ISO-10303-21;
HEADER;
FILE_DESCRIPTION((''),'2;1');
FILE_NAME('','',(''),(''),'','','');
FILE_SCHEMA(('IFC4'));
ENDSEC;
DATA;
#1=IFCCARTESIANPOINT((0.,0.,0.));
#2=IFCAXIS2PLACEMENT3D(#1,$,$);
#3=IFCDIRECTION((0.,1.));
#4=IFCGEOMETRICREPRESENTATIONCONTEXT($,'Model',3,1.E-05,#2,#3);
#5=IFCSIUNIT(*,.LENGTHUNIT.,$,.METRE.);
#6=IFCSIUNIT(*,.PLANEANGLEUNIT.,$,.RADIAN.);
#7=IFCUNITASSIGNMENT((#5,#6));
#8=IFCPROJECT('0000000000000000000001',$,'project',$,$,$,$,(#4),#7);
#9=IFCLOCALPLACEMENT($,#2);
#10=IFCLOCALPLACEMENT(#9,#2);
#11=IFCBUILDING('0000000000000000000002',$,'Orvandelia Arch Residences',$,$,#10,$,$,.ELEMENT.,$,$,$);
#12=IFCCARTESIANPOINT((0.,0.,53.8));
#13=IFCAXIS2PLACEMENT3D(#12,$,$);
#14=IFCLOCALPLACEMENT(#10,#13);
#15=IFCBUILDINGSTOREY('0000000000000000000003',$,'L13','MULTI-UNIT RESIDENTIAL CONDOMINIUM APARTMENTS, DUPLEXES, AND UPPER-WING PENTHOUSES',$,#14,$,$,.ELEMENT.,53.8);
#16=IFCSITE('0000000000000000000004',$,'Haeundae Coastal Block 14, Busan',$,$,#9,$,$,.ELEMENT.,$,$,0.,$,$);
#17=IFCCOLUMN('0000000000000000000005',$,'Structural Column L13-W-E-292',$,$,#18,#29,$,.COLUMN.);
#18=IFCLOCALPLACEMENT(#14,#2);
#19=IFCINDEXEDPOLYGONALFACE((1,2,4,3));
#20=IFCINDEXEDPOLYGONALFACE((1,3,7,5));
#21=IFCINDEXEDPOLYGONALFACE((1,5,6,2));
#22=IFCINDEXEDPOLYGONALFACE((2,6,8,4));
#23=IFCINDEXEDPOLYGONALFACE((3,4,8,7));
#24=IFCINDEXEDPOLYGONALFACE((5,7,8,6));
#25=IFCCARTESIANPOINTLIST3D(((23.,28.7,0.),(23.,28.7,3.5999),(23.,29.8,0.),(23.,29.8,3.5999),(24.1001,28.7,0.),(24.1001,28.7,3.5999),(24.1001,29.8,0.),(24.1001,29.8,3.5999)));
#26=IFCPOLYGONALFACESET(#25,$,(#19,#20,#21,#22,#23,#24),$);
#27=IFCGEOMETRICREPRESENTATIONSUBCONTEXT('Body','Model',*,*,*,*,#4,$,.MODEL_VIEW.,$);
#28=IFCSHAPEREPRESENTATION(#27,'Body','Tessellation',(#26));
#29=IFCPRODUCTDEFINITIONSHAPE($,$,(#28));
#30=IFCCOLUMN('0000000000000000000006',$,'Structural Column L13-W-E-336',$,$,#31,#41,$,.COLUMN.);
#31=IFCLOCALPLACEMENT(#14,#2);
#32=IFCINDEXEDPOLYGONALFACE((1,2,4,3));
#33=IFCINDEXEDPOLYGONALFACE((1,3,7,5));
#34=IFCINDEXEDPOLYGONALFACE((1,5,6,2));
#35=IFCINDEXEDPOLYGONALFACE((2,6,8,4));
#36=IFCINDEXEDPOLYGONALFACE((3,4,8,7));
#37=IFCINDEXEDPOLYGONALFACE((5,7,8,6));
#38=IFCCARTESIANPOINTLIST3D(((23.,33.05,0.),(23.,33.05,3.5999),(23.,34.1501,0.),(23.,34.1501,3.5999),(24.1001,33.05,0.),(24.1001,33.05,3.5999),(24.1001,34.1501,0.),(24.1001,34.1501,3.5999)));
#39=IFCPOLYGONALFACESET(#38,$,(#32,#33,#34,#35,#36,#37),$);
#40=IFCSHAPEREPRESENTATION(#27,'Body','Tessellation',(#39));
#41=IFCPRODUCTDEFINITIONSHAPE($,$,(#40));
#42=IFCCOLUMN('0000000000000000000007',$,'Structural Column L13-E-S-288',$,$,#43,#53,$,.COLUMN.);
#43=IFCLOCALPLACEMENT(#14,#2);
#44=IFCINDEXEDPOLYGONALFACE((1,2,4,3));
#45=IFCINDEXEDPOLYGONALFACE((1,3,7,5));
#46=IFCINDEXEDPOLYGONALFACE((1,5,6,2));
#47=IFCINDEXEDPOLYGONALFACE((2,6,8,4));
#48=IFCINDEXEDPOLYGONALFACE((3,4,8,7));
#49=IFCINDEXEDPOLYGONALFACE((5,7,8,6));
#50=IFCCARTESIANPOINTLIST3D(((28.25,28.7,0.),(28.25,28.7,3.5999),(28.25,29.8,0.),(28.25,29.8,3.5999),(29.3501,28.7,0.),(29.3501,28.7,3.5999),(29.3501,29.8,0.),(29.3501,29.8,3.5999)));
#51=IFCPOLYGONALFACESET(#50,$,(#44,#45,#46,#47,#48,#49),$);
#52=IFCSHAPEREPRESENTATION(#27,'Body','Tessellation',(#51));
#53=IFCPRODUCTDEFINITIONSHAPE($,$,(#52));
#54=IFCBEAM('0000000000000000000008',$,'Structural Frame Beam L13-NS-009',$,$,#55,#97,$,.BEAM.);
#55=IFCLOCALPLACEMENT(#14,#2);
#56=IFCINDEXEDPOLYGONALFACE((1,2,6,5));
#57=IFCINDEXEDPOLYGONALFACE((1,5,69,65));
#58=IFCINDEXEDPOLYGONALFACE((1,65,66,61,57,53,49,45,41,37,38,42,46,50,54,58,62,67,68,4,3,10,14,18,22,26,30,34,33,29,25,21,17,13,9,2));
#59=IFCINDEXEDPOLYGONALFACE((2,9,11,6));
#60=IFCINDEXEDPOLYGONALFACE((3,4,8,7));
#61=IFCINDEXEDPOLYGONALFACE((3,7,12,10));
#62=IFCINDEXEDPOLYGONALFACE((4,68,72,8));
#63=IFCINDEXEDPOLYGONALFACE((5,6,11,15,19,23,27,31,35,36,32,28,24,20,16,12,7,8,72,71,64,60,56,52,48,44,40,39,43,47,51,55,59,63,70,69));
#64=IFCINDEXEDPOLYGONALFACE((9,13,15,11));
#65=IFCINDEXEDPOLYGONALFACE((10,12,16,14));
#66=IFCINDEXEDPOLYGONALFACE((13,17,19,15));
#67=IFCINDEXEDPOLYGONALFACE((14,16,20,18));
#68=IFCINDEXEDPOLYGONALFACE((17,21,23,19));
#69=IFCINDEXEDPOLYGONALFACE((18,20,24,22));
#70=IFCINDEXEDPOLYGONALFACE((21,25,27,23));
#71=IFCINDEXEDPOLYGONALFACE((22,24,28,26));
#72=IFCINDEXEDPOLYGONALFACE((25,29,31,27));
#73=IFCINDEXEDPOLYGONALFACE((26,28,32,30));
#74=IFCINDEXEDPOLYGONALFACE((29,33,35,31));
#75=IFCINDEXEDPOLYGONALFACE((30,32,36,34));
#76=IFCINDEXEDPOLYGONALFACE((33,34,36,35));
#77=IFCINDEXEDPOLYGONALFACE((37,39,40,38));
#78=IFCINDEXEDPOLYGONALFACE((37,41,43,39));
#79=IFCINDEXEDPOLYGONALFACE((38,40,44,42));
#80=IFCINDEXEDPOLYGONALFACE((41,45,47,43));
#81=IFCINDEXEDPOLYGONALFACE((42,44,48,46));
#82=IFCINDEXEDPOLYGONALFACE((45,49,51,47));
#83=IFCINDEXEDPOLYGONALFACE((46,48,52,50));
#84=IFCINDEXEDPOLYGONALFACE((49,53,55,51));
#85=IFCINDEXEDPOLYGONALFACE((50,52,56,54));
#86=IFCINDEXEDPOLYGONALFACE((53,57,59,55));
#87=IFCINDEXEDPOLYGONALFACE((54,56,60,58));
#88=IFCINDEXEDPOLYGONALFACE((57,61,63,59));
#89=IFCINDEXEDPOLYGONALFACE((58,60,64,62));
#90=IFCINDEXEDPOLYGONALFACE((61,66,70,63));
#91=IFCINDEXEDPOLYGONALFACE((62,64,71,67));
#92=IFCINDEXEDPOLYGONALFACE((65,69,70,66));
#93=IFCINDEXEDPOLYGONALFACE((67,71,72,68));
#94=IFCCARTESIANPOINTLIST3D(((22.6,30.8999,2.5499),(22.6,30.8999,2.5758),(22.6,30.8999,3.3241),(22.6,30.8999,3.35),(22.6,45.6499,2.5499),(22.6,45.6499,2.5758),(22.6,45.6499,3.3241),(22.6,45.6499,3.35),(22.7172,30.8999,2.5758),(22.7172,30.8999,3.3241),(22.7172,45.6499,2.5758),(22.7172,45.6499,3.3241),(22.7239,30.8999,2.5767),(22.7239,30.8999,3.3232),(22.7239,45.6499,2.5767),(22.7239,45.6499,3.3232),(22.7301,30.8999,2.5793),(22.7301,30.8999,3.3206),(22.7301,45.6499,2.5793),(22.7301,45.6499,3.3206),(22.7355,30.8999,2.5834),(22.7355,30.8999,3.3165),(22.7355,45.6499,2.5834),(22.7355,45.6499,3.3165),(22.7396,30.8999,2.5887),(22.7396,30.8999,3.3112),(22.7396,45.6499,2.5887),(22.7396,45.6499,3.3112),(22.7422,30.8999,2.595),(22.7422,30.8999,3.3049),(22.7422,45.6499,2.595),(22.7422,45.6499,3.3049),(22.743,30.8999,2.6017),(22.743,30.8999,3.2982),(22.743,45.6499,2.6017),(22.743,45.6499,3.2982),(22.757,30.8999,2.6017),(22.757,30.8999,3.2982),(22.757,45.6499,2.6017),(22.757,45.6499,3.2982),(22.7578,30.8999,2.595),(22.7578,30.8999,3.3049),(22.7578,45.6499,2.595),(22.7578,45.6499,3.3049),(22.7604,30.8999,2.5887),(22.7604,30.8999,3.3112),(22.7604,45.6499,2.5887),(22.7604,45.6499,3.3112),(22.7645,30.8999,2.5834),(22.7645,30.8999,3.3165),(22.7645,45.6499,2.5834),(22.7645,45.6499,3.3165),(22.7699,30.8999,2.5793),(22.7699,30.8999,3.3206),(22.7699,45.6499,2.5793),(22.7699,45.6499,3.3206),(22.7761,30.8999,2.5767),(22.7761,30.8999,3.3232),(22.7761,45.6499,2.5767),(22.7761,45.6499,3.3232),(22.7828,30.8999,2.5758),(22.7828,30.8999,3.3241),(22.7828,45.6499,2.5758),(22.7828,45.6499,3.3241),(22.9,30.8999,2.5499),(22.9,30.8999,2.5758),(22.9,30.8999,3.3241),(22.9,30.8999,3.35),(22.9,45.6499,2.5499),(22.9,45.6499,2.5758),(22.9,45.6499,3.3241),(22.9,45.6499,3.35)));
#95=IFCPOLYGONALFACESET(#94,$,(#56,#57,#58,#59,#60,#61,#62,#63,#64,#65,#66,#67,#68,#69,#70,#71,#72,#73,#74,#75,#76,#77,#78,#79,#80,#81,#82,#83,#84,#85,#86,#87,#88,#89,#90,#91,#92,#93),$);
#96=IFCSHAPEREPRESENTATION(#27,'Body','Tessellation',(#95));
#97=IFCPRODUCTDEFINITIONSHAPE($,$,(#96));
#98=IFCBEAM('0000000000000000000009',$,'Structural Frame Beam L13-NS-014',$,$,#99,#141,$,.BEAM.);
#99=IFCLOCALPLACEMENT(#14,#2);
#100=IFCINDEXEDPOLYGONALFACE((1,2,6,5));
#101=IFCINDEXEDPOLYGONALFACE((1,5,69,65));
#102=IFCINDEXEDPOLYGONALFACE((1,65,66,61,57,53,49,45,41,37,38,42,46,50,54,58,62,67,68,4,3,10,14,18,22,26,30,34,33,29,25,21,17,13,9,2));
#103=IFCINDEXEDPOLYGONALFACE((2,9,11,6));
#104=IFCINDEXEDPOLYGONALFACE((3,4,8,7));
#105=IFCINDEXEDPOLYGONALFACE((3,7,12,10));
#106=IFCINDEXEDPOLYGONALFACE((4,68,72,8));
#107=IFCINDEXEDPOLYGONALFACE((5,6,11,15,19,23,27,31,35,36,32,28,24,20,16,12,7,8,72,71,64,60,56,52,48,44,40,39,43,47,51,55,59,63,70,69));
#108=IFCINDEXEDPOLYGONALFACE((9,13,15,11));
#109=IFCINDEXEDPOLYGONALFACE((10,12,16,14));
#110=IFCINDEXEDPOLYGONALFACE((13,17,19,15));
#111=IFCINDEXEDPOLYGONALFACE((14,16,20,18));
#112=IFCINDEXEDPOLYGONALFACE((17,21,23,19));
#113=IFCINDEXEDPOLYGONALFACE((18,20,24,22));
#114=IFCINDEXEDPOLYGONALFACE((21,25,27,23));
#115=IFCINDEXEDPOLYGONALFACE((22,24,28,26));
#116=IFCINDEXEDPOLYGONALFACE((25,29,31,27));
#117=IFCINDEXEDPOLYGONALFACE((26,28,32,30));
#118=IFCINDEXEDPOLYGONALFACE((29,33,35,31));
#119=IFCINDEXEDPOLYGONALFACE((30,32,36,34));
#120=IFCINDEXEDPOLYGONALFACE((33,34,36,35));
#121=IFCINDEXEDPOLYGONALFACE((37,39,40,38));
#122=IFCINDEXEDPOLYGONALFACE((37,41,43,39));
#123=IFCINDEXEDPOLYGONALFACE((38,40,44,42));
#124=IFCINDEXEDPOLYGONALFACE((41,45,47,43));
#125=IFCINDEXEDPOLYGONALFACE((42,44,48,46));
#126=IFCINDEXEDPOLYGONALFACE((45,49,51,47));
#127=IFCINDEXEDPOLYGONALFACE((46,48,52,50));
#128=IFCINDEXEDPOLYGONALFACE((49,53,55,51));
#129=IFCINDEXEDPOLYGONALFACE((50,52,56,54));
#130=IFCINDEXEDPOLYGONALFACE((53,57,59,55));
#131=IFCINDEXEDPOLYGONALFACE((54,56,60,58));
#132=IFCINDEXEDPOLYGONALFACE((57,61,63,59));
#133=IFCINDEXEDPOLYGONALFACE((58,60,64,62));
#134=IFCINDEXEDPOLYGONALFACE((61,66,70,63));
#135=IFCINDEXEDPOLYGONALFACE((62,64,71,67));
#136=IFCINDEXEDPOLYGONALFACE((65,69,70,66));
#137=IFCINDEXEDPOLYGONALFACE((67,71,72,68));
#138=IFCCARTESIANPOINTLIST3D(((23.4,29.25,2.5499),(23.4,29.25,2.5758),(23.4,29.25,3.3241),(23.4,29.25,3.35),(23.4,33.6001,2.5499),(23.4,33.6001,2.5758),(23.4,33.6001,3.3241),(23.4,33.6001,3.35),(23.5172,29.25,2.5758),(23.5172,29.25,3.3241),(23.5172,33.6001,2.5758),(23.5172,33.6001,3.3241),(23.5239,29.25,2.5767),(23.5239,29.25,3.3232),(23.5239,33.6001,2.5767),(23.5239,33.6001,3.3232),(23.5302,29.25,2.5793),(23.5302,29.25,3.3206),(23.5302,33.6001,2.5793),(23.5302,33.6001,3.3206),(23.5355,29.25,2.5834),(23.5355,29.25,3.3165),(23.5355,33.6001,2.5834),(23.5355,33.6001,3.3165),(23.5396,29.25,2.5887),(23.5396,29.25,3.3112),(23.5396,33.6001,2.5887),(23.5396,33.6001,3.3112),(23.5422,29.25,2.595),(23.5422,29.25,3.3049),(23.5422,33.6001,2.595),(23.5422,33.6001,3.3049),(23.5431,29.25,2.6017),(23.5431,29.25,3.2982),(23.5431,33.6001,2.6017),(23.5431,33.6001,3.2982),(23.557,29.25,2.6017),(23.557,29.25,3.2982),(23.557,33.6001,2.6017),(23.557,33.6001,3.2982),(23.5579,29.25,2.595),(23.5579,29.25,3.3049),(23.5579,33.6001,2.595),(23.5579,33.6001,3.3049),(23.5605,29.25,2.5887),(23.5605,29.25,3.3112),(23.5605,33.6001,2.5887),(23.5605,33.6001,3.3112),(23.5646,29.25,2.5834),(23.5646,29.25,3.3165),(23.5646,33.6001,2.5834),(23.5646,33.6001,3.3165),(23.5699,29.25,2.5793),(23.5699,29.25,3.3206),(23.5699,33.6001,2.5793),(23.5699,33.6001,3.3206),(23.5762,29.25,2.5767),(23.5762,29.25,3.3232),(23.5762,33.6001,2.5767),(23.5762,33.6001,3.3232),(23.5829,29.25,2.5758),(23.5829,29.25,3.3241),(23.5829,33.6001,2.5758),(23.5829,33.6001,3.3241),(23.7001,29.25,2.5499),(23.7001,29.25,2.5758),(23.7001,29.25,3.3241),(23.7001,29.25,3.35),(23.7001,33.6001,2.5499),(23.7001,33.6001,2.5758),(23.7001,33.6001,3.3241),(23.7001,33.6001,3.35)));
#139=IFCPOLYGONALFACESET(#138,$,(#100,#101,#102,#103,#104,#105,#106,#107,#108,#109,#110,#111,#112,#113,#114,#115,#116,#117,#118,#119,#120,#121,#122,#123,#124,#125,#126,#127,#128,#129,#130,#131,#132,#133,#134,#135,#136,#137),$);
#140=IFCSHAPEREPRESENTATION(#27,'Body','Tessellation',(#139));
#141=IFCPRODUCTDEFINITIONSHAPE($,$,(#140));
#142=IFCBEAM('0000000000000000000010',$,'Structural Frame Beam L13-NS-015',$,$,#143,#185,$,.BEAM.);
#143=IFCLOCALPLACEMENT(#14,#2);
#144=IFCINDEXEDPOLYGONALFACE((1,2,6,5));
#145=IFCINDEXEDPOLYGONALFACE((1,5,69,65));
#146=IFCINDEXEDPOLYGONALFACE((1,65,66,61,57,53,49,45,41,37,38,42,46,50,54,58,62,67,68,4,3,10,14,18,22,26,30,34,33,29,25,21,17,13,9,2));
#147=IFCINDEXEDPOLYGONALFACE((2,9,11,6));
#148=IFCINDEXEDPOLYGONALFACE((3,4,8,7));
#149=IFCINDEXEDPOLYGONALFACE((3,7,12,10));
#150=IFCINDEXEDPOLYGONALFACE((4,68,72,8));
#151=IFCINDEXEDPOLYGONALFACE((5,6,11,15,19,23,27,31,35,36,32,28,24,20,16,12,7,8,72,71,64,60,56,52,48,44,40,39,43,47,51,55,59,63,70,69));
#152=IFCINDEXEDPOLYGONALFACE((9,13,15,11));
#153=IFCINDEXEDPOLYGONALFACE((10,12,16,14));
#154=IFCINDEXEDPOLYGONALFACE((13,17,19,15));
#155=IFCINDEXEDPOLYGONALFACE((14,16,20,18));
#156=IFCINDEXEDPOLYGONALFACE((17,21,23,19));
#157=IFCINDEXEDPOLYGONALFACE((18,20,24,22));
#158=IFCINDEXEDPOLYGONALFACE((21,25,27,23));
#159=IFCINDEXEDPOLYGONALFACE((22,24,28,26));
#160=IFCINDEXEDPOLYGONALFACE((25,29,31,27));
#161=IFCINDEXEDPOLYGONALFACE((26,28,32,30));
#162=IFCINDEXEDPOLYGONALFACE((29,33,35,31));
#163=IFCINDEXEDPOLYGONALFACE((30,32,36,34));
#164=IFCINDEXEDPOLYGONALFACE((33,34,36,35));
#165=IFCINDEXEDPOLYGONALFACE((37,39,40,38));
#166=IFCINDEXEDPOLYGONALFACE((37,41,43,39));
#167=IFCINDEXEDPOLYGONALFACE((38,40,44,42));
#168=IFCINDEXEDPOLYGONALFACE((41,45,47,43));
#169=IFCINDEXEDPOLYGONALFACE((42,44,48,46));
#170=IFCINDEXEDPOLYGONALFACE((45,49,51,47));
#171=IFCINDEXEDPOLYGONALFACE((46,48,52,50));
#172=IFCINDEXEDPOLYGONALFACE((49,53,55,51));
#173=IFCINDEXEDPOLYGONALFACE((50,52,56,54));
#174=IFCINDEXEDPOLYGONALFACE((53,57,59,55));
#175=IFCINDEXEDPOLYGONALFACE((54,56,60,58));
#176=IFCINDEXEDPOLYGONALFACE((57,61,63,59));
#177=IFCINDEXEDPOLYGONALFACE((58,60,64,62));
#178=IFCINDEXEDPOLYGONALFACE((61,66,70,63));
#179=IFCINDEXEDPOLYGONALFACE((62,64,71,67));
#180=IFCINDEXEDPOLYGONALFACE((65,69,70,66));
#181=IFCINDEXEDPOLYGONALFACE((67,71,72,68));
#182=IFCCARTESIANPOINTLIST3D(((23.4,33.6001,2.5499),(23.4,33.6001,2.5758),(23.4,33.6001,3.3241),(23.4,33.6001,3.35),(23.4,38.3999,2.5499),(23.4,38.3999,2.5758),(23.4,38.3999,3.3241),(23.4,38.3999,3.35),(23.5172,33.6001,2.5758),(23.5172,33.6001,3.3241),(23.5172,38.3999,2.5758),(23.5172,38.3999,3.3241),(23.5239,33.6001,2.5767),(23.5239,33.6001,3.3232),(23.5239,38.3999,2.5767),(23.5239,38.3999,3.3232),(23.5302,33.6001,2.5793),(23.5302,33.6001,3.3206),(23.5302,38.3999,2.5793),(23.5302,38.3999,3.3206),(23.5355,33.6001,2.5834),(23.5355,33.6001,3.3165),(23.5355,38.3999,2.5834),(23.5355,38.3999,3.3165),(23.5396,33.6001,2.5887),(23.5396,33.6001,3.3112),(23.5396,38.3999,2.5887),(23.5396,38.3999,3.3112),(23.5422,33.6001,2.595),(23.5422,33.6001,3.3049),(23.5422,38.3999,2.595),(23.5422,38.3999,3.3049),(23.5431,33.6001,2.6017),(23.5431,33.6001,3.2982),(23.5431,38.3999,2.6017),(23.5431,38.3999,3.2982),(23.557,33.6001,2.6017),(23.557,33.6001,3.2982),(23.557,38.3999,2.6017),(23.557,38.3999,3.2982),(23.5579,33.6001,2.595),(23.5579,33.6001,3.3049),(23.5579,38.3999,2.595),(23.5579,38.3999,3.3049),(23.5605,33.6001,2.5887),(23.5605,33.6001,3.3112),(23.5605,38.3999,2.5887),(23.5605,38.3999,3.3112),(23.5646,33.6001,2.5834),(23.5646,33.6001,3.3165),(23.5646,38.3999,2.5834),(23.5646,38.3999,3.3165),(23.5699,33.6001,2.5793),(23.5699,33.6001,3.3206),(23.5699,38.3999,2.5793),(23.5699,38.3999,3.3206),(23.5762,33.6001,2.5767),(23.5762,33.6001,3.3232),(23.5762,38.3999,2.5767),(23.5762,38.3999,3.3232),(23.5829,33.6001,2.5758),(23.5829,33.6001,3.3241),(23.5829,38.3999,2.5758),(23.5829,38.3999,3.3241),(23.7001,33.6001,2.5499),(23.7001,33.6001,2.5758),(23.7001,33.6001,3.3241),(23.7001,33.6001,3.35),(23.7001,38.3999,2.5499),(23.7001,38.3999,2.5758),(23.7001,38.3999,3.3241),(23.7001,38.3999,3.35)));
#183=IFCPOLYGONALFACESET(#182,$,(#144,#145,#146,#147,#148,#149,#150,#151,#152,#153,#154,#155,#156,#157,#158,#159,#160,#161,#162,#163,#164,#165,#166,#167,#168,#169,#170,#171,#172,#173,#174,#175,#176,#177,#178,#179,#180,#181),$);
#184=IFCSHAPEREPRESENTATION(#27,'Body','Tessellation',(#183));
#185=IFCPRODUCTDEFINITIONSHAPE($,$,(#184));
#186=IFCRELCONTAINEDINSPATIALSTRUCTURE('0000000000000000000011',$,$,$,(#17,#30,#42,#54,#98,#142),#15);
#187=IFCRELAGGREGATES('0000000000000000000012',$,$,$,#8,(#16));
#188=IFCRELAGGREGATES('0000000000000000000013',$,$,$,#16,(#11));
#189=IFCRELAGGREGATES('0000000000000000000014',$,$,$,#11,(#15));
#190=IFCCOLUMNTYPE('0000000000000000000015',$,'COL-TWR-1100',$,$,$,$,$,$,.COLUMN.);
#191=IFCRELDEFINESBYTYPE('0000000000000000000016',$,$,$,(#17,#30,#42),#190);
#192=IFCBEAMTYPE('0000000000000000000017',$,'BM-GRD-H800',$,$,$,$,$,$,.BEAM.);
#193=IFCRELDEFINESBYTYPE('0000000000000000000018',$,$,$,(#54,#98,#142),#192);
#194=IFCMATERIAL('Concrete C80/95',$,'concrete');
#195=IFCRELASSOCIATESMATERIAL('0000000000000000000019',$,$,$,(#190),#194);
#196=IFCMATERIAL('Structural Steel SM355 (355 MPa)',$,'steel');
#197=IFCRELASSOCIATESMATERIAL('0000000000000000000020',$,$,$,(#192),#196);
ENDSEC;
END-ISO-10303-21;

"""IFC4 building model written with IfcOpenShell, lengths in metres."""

from ifc_helpers import new_model, si_unit, direction, frame, origin, origin_2d, place, context, subcontext, project, spatial, rectangle, i_section, extrude, material, material_profile, profile_set, type_object, element, save


model = new_model("IFC4")

# Units and contexts
model_context = context("Model", 3, precision=1e-05, world=origin(), true_north=direction((0.0, 1.0)))
body_context = subcontext(model_context, "Body", "Model", "MODEL_VIEW")
ifc_project = project(units=[si_unit("LENGTHUNIT", "METRE"), si_unit("PLANEANGLEUNIT", "RADIAN")], contexts=[model_context])

# Site, building, storey
site_placement = place(None, origin())
site = spatial("IfcSite", under=ifc_project, at=site_placement, Name="Haeundae Coastal Block 14, Busan", CompositionType="ELEMENT", RefElevation=0.0)
building_placement = place(site_placement, origin())
building = spatial("IfcBuilding", under=site, at=building_placement, Name="Orvandelia Arch Residences", CompositionType="ELEMENT")
storey_placement = place(building_placement, frame((0.0, 0.0, 53.8)))
storey = spatial("IfcBuildingStorey", under=building, at=storey_placement, Name="L13", Description="MULTI-UNIT RESIDENTIAL CONDOMINIUM APARTMENTS, DUPLEXES, AND UPPER-WING PENTHOUSES", CompositionType="ELEMENT", Elevation=53.8)

# Columns
ifc_material_1 = material(Name="Concrete C80/95", Category="concrete")
ifc_material_profile_1 = material_profile(ifc_material_1, rectangle(XDim=1.1001, YDim=1.1001, at=origin_2d()), Name="Concrete C80/95", Category="concrete")
ifc_profile_set_1 = profile_set([ifc_material_profile_1], Name="Concrete C80/95")
column_type = type_object("IfcColumnType", Name="COL-TWR-1100", PredefinedType="COLUMN", material=ifc_profile_set_1)
for number, where, z_axis, x_axis, name in (
    (1, (23.55, 29.25, 0.0), (0.0, 0.0, 1.0), (1.0, 0.0, 0.0), "Structural Column L13-W-E-292"),
    (2, (23.55, 33.6001, 0.0), (0.0, 0.0, 1.0), (1.0, 0.0, 0.0), "Structural Column L13-W-E-336"),
    (3, (28.8, 29.25, 0.0), (0.0, 0.0, 1.0), (1.0, 0.0, 0.0), "Structural Column L13-E-S-288"),
):
    element("IfcColumn", number, at=place(storey_placement, frame(where, z_axis=z_axis, x_axis=x_axis)), inside=storey, type_object=column_type, Name=name, PredefinedType="COLUMN", context=body_context, shape_type="SweptSolid", body=[
        extrude(rectangle(XDim=1.1001, YDim=1.1001, at=origin_2d()), origin(), (0.0, 0.0, 1.0), 3.5999),
    ])

# Beams
ifc_material_2 = material(Name="Structural Steel SM355 (355 MPa)", Category="steel")
ifc_material_profile_2 = material_profile(ifc_material_2, i_section(OverallWidth=0.3, OverallDepth=0.8, WebThickness=0.0139, FlangeThickness=0.0259, FilletRadius=0.0259, at=origin_2d()), Name="Structural Steel SM355 (355 MPa)", Category="steel")
ifc_profile_set_2 = profile_set([ifc_material_profile_2], Name="Structural Steel SM355 (355 MPa)")
beam_type = type_object("IfcBeamType", Name="BM-GRD-H800", PredefinedType="BEAM", material=ifc_profile_set_2)
beam_1_placement = place(storey_placement, frame((22.75, 30.8999, 2.95), z_axis=(0.0, 1.0, 0.0), x_axis=(-1.0, 0.0, 0.0)))
element("IfcBeam", 4, at=beam_1_placement, inside=storey, type_object=beam_type, Name="Structural Frame Beam L13-NS-009", PredefinedType="BEAM", context=body_context, shape_type="SweptSolid", body=[
    extrude(i_section(OverallWidth=0.3, OverallDepth=0.8, WebThickness=0.0139, FlangeThickness=0.0259, FilletRadius=0.0259, at=origin_2d()), origin(), (0.0, 0.0, 1.0), 14.75),
])
beam_2_placement = place(storey_placement, frame((23.55, 29.25, 2.95), z_axis=(0.0, 1.0, 0.0), x_axis=(-1.0, 0.0, 0.0)))
element("IfcBeam", 5, at=beam_2_placement, inside=storey, type_object=beam_type, Name="Structural Frame Beam L13-NS-014", PredefinedType="BEAM", context=body_context, shape_type="SweptSolid", body=[
    extrude(i_section(OverallWidth=0.3, OverallDepth=0.8, WebThickness=0.0139, FlangeThickness=0.0259, FilletRadius=0.0259, at=origin_2d()), origin(), (0.0, 0.0, 1.0), 4.3501),
])
beam_3_placement = place(storey_placement, frame((23.55, 33.6001, 2.95), z_axis=(0.0, 1.0, 0.0), x_axis=(-1.0, 0.0, 0.0)))
element("IfcBeam", 6, at=beam_3_placement, inside=storey, type_object=beam_type, Name="Structural Frame Beam L13-NS-015", PredefinedType="BEAM", context=body_context, shape_type="SweptSolid", body=[
    extrude(i_section(OverallWidth=0.3, OverallDepth=0.8, WebThickness=0.0139, FlangeThickness=0.0259, FilletRadius=0.0259, at=origin_2d()), origin(), (0.0, 0.0, 1.0), 4.7998),
])

save(model, "model.ifc")
